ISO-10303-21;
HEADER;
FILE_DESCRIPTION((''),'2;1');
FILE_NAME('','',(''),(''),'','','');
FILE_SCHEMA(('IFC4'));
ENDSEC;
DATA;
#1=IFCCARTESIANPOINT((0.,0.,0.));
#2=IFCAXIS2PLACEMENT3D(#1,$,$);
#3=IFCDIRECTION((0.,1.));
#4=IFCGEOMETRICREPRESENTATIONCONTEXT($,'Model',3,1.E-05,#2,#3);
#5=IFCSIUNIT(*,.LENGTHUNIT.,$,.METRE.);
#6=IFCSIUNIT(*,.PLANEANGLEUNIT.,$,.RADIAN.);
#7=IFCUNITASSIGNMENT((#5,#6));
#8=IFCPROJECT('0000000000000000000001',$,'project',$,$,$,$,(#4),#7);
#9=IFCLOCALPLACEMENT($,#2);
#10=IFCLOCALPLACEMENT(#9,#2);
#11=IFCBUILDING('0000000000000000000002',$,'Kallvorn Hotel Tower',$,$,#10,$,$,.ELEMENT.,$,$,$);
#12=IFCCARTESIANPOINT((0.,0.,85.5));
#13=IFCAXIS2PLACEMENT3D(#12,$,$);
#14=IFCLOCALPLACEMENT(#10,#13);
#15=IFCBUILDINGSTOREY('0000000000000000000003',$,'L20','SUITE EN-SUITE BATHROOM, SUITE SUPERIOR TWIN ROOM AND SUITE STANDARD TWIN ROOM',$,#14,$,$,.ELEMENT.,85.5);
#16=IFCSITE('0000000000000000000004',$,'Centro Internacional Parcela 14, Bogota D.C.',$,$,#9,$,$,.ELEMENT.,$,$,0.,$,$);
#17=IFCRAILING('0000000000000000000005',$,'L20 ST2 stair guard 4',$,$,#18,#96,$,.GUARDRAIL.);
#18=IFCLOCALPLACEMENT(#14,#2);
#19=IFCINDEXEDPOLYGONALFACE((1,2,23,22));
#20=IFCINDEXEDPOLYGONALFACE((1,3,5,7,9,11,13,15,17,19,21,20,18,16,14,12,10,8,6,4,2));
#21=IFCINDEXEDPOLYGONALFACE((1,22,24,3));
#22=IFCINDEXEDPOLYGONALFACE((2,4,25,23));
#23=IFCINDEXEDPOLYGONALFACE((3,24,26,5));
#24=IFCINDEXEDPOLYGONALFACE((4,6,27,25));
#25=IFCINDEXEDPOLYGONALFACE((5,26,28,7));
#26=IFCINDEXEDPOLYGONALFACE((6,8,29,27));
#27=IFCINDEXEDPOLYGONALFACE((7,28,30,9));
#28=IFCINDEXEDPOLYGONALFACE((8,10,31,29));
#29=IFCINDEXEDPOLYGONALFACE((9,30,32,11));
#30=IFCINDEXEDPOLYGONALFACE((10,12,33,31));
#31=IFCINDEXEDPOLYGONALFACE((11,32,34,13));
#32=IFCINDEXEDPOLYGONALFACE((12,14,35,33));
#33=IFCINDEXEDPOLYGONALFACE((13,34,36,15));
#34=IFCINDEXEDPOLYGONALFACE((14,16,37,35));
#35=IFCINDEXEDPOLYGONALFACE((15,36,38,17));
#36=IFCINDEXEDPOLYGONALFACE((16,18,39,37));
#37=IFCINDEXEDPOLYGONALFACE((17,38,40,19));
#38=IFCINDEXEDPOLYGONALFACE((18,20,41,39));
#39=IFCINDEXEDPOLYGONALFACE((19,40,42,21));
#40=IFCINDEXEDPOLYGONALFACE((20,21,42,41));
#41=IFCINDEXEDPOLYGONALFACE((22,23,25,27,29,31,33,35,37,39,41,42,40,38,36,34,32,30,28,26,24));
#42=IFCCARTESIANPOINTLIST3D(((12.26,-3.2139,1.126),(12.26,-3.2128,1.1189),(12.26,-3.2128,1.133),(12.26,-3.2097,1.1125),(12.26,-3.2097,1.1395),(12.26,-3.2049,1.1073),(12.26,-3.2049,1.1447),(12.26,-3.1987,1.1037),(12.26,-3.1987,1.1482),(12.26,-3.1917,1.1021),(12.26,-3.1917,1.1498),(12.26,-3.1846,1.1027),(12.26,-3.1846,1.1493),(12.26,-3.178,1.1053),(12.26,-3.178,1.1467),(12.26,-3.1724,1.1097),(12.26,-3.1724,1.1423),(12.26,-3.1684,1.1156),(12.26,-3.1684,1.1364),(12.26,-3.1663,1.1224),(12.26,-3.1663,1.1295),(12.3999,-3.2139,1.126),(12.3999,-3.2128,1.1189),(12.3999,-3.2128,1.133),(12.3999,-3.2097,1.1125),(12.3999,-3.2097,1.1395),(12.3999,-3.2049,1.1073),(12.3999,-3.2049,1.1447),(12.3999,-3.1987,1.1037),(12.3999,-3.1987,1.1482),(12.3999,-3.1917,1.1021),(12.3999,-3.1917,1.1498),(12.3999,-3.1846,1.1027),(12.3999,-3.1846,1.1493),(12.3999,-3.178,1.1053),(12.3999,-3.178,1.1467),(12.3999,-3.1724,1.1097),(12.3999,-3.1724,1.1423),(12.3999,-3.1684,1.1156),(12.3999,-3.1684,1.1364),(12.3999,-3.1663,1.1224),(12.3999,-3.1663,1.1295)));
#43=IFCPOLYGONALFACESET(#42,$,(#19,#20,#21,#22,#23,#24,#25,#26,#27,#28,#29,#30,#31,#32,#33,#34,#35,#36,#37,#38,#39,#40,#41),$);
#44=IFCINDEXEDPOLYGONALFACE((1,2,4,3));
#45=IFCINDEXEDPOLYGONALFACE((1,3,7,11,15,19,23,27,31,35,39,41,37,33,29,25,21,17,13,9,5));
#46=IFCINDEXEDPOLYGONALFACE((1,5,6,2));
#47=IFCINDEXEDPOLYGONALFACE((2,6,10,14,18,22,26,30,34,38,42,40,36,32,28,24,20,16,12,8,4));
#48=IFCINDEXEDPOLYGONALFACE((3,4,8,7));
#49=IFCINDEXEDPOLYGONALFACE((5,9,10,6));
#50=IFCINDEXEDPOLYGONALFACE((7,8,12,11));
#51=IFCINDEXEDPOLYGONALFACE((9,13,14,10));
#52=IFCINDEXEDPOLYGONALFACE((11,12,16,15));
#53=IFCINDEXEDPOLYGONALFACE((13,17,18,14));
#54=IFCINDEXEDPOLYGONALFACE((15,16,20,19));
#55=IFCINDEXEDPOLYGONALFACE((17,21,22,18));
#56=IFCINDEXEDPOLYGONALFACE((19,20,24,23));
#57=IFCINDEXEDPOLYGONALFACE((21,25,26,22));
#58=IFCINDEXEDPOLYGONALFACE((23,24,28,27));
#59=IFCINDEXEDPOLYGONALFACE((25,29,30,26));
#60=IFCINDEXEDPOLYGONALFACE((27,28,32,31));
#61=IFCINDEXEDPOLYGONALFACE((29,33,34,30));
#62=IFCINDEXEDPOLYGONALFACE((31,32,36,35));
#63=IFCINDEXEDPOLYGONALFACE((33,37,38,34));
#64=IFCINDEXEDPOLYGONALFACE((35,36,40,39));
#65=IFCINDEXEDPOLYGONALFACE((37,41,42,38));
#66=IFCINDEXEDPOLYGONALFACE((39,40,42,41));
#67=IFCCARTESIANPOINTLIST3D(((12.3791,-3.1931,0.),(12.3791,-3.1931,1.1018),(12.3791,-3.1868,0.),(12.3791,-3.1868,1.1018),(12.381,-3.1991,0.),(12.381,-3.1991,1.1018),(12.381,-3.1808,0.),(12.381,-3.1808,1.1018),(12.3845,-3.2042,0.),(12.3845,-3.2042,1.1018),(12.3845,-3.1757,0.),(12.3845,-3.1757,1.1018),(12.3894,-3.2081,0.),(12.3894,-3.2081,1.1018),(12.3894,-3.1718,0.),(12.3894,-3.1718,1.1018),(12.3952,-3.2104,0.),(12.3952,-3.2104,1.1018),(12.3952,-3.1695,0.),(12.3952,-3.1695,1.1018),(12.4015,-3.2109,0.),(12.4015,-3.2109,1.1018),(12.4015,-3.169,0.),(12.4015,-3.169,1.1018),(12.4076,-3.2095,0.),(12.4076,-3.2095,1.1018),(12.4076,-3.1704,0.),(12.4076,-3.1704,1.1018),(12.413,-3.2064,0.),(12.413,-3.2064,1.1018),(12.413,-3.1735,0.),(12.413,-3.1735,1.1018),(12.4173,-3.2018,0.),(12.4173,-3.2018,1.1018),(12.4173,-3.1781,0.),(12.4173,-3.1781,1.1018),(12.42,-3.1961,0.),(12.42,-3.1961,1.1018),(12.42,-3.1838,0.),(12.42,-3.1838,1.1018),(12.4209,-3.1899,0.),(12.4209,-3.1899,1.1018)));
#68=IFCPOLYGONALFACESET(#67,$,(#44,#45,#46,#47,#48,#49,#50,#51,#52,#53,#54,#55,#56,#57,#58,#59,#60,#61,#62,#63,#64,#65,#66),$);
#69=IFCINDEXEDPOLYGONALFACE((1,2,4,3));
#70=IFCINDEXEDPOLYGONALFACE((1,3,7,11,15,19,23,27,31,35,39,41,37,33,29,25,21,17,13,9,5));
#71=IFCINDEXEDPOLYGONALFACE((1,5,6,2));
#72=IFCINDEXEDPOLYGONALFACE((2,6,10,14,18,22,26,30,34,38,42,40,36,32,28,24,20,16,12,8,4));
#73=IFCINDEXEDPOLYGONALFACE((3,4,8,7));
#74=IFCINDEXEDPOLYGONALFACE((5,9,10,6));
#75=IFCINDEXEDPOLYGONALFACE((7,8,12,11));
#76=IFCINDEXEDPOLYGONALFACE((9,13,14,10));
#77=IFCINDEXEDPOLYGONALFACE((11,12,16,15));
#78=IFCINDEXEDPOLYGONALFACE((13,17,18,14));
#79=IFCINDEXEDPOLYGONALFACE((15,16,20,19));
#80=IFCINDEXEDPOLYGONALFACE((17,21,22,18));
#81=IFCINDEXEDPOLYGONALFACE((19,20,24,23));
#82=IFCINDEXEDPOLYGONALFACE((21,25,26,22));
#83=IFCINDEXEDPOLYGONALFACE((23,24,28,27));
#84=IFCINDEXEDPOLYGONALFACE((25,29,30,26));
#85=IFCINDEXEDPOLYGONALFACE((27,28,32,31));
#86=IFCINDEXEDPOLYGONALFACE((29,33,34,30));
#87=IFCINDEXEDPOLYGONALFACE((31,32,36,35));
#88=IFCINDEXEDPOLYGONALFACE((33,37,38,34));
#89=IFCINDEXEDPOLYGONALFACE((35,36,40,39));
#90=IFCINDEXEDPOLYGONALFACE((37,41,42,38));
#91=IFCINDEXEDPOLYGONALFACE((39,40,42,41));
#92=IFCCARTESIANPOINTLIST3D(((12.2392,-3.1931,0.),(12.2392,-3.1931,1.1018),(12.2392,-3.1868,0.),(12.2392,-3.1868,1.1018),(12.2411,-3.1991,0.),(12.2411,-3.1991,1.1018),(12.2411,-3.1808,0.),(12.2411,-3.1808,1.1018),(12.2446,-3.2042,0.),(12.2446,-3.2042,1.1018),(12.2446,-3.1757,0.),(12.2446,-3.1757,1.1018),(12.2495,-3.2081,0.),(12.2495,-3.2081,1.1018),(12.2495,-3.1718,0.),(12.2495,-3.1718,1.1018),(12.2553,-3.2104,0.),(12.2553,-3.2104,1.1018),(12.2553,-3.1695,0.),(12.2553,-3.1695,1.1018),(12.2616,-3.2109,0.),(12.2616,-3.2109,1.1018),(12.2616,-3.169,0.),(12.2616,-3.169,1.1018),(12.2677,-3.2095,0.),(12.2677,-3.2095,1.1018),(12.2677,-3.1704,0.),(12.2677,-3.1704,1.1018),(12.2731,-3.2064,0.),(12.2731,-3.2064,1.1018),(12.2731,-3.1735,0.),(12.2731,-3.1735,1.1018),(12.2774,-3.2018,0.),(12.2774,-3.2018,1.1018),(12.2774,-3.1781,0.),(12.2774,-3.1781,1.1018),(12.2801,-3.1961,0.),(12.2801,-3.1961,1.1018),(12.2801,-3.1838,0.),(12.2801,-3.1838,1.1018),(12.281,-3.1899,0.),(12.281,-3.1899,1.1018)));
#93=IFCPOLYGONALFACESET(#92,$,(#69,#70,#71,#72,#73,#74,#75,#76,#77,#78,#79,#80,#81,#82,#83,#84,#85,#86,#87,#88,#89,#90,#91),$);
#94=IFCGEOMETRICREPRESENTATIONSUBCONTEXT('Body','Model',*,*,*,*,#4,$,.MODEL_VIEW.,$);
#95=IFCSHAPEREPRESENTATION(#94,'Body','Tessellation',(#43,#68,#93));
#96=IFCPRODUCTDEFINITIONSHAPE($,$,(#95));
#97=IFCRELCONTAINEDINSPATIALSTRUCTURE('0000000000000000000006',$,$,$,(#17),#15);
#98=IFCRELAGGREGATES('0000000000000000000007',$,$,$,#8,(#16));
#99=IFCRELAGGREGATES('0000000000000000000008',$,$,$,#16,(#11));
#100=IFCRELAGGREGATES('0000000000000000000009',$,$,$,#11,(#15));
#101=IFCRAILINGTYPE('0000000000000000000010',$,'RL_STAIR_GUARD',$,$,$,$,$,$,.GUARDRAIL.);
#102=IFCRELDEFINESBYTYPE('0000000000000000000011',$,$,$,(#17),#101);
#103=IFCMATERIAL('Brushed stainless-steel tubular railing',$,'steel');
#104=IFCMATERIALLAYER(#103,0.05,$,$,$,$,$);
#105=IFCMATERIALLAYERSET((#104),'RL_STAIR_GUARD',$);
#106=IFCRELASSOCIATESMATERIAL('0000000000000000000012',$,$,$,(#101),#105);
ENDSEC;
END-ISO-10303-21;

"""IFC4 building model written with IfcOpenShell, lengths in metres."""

from ifc_helpers import new_model, si_unit, direction, frame, origin, origin_2d, place, context, subcontext, project, spatial, circle, extrude, material, layer, layer_set, type_object, element, save


model = new_model("IFC4")

# Units and contexts
model_context = context("Model", 3, precision=1e-05, world=origin(), true_north=direction((0.0, 1.0)))
body_context = subcontext(model_context, "Body", "Model", "MODEL_VIEW")
ifc_project = project(units=[si_unit("LENGTHUNIT", "METRE"), si_unit("PLANEANGLEUNIT", "RADIAN")], contexts=[model_context])

# Site, building, storey
site_placement = place(None, origin())
site = spatial("IfcSite", under=ifc_project, at=site_placement, Name="Centro Internacional Parcela 14, Bogota D.C.", CompositionType="ELEMENT", RefElevation=0.0)
building_placement = place(site_placement, origin())
building = spatial("IfcBuilding", under=site, at=building_placement, Name="Kallvorn Hotel Tower", CompositionType="ELEMENT")
storey_placement = place(building_placement, frame((0.0, 0.0, 85.5)))
storey = spatial("IfcBuildingStorey", under=building, at=storey_placement, Name="L20", Description="SUITE EN-SUITE BATHROOM, SUITE SUPERIOR TWIN ROOM AND SUITE STANDARD TWIN ROOM", CompositionType="ELEMENT", Elevation=85.5)

# Railing
ifc_material_1 = material(Name="Brushed stainless-steel tubular railing", Category="steel")
ifc_layer_1 = layer(ifc_material_1, 0.05)
ifc_layer_set_1 = layer_set([ifc_layer_1], Name="RL_STAIR_GUARD")
railing_type = type_object("IfcRailingType", Name="RL_STAIR_GUARD", PredefinedType="GUARDRAIL", material=ifc_layer_set_1)
railing_1_placement = place(storey_placement, frame((12.3999, -3.1899, 0.0)))
element("IfcRailing", 1, at=railing_1_placement, inside=storey, type_object=railing_type, Name="L20 ST2 stair guard 4", PredefinedType="GUARDRAIL", context=body_context, shape_type="SweptSolid", body=[
    extrude(circle(Radius=0.0239, at=origin_2d()), frame((0.0, 0.0, 1.126), z_axis=(-1.0, 0.0, 0.0), x_axis=(0.0, -1.0, 0.0)), (0.0, 0.0, 1.0), 0.1399),
    extrude(circle(Radius=0.021, at=origin_2d()), origin(), (0.0, 0.0, 1.0), 1.1018),
    extrude(circle(Radius=0.021, at=origin_2d()), frame((-0.1399, 0.0, 0.0)), (0.0, 0.0, 1.0), 1.1018),
])

save(model, "model.ifc")
